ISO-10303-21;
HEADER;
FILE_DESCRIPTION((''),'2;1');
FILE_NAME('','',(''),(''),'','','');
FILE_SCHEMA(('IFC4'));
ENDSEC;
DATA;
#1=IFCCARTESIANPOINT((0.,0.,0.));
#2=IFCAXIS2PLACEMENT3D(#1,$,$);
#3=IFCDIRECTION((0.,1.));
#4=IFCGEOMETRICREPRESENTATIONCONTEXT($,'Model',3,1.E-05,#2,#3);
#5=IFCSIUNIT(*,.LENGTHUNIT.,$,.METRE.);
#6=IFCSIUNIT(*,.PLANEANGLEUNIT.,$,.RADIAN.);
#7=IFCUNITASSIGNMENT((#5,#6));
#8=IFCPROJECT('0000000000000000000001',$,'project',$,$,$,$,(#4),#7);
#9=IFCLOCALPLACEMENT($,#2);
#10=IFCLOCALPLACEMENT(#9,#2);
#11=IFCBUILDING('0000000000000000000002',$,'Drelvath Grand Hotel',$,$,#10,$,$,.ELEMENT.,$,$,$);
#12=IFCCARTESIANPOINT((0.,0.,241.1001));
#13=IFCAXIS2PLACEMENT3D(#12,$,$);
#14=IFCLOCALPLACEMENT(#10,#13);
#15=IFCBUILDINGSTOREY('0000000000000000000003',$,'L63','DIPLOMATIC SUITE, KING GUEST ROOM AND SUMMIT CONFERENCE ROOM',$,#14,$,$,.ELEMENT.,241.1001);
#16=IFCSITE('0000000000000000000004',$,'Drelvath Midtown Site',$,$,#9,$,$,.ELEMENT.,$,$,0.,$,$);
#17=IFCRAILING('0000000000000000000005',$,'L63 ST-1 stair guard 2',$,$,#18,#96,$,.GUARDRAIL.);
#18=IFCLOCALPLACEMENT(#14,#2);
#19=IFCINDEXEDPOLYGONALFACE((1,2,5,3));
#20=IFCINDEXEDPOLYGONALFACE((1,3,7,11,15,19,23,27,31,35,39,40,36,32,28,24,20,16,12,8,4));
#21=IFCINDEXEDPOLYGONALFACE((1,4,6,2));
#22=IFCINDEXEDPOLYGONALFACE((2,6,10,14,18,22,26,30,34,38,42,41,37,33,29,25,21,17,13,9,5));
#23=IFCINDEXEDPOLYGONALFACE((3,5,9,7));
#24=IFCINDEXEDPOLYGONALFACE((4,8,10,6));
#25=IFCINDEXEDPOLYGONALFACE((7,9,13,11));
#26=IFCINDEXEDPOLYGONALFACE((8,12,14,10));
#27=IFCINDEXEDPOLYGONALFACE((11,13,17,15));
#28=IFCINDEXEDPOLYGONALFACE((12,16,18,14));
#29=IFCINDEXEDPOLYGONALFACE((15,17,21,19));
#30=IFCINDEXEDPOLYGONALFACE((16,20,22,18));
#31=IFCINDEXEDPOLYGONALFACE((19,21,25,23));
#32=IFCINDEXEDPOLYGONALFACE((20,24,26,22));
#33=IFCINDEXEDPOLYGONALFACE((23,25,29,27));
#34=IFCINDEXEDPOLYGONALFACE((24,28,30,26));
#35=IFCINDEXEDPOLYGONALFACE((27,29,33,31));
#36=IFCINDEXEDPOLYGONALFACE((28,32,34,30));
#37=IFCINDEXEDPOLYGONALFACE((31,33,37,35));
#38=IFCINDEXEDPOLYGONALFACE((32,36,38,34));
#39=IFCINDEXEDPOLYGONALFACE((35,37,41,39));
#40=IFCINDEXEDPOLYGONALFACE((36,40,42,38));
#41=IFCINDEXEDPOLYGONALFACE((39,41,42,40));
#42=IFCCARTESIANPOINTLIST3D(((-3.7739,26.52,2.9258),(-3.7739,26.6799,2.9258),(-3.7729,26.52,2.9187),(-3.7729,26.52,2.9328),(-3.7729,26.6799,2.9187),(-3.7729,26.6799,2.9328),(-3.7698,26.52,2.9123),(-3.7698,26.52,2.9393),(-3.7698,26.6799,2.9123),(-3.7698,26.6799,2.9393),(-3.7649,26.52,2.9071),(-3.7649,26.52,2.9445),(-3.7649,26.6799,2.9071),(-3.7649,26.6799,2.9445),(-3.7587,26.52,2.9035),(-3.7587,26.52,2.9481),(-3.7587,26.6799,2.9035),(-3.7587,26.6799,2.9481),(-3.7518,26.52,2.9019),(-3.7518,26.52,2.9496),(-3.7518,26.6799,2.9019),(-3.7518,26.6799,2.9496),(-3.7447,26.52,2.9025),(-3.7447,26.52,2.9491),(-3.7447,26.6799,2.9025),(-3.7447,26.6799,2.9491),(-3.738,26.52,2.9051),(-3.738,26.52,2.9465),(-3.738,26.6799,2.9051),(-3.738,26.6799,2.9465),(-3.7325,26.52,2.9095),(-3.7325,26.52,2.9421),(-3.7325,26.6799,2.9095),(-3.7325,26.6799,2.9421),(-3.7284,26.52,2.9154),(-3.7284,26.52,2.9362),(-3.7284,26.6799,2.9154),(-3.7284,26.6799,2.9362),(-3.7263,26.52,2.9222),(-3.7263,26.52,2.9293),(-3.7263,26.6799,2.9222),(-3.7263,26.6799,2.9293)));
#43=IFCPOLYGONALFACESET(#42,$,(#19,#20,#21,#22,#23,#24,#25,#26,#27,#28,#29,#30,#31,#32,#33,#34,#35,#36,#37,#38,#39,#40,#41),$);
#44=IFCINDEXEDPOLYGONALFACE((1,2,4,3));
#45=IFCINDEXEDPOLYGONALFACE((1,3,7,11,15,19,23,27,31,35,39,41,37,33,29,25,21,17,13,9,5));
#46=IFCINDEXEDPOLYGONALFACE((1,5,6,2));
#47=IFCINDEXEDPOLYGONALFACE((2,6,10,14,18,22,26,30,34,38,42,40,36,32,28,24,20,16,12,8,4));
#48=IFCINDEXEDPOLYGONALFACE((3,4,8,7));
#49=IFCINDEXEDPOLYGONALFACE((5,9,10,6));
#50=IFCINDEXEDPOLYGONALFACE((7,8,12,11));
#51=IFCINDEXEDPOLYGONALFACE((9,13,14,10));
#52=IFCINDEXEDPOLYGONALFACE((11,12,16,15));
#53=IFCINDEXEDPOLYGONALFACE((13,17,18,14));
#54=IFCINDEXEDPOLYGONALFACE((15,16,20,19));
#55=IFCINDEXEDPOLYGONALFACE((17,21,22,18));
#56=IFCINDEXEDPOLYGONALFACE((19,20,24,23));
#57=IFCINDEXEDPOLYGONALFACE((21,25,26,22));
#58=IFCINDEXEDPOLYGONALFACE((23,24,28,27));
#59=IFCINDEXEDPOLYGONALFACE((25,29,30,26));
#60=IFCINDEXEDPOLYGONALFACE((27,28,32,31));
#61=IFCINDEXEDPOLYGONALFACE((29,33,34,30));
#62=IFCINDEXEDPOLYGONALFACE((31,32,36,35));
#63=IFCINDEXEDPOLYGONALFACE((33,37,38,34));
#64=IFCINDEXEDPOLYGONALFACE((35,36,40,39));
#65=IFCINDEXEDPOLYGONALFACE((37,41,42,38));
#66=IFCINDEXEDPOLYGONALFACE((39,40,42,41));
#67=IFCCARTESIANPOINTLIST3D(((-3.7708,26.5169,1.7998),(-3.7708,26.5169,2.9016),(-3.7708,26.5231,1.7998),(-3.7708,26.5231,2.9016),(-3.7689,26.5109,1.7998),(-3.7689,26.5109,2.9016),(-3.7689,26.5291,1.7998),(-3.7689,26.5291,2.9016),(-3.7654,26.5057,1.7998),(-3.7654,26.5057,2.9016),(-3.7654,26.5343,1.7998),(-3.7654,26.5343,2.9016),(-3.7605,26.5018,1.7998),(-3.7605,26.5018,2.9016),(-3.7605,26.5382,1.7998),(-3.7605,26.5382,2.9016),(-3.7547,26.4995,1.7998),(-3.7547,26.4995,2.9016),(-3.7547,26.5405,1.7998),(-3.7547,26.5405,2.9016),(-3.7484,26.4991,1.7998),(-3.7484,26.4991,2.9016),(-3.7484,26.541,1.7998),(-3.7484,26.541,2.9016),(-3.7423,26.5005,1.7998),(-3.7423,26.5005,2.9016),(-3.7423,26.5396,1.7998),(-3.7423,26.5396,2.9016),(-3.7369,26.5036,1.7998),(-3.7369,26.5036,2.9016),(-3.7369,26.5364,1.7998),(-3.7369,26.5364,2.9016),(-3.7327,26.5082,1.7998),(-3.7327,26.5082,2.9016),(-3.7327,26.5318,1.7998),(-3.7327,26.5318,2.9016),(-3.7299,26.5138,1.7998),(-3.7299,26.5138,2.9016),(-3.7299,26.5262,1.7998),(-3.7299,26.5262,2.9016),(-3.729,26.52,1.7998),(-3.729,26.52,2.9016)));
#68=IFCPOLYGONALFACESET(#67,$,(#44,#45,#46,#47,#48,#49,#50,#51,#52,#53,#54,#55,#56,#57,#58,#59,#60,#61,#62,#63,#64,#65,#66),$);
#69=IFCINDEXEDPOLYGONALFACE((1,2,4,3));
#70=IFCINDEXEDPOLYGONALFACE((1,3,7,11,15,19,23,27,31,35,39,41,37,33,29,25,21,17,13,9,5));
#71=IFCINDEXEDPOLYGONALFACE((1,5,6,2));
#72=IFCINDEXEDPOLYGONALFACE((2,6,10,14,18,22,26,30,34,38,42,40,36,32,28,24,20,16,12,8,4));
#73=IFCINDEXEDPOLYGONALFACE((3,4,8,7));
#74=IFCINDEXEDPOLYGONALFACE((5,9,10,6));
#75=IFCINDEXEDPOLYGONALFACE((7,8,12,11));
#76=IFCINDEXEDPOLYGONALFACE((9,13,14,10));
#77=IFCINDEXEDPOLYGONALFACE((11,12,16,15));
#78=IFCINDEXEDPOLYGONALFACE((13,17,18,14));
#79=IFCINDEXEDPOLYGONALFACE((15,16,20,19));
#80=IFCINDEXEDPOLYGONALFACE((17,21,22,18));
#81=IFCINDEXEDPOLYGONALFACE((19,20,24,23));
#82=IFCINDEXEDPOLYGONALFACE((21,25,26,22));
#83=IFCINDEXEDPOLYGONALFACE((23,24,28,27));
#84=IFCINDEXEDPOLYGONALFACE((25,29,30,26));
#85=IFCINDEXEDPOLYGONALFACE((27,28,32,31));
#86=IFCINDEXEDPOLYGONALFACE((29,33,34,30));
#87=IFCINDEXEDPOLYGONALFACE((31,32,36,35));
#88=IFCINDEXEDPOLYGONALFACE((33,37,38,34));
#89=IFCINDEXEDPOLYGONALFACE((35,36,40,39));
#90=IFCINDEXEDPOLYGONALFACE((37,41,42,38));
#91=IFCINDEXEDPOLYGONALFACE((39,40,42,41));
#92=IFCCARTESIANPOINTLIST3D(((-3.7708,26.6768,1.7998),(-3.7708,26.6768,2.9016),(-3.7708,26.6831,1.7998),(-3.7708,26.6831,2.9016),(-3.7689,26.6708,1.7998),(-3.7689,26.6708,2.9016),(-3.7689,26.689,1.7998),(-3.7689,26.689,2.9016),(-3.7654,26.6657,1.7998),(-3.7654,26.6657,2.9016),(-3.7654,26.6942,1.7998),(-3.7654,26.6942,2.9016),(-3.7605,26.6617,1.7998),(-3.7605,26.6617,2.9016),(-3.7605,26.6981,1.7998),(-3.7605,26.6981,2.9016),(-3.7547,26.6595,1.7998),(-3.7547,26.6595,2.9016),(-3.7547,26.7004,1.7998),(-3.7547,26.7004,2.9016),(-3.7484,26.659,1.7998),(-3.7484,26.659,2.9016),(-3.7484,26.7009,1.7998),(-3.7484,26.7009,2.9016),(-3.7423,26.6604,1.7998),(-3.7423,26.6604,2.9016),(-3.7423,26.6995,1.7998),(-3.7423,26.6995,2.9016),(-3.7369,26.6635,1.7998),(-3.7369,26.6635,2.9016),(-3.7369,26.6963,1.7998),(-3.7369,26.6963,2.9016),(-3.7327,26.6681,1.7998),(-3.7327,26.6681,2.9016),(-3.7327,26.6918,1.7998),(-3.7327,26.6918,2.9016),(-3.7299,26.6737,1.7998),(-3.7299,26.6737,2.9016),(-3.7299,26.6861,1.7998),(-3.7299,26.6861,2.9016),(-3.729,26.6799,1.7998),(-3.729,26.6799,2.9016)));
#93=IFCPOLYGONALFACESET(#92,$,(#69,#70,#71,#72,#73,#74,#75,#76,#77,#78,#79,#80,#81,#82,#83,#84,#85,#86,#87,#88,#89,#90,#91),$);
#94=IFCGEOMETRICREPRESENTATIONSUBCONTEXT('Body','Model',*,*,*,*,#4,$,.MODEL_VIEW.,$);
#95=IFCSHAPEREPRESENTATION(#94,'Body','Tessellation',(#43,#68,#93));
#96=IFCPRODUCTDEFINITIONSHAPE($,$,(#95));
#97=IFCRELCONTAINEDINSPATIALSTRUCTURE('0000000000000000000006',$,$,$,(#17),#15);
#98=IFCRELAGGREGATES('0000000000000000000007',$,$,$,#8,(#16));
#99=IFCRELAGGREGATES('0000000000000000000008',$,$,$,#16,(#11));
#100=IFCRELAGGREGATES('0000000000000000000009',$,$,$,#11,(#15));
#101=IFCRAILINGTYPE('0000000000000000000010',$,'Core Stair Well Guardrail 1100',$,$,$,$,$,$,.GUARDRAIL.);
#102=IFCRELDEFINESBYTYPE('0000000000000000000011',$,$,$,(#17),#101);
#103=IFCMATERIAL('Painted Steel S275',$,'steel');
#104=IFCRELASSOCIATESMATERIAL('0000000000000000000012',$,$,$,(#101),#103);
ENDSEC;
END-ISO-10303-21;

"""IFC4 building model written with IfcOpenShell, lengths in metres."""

from ifc_helpers import new_model, si_unit, direction, frame, origin, origin_2d, place, context, subcontext, project, spatial, circle, extrude, material, type_object, element, save


model = new_model("IFC4")

# Units and contexts
model_context = context("Model", 3, precision=1e-05, world=origin(), true_north=direction((0.0, 1.0)))
body_context = subcontext(model_context, "Body", "Model", "MODEL_VIEW")
ifc_project = project(units=[si_unit("LENGTHUNIT", "METRE"), si_unit("PLANEANGLEUNIT", "RADIAN")], contexts=[model_context])

# Site, building, storey
site_placement = place(None, origin())
site = spatial("IfcSite", under=ifc_project, at=site_placement, Name="Drelvath Midtown Site", CompositionType="ELEMENT", RefElevation=0.0)
building_placement = place(site_placement, origin())
building = spatial("IfcBuilding", under=site, at=building_placement, Name="Drelvath Grand Hotel", CompositionType="ELEMENT")
storey_placement = place(building_placement, frame((0.0, 0.0, 241.1001)))
storey = spatial("IfcBuildingStorey", under=building, at=storey_placement, Name="L63", Description="DIPLOMATIC SUITE, KING GUEST ROOM AND SUMMIT CONFERENCE ROOM", CompositionType="ELEMENT", Elevation=241.1001)

# Shared definitions
ifc_material_1 = material(Name="Painted Steel S275", Category="steel")

# Railing
railing_type_1 = type_object("IfcRailingType", Name="Core Stair Well Guardrail 1100", PredefinedType="GUARDRAIL", material=ifc_material_1)
railing_1_placement = place(storey_placement, frame((-3.75, 26.52, 1.7998)))
element("IfcRailing", 1, at=railing_1_placement, inside=storey, type_object=railing_type_1, Name="L63 ST-1 stair guard 2", PredefinedType="GUARDRAIL", context=body_context, shape_type="SweptSolid", body=[
    extrude(circle(Radius=0.0239, at=origin_2d()), frame((0.0, 0.0, 1.126), z_axis=(0.0, 1.0, 0.0), x_axis=(-1.0, 0.0, 0.0)), (0.0, 0.0, 1.0), 0.1599),
    extrude(circle(Radius=0.021, at=origin_2d()), origin(), (0.0, 0.0, 1.0), 1.1018),
    extrude(circle(Radius=0.021, at=origin_2d()), frame((0.0, 0.1599, 0.0)), (0.0, 0.0, 1.0), 1.1018),
])

save(model, "model.ifc")
